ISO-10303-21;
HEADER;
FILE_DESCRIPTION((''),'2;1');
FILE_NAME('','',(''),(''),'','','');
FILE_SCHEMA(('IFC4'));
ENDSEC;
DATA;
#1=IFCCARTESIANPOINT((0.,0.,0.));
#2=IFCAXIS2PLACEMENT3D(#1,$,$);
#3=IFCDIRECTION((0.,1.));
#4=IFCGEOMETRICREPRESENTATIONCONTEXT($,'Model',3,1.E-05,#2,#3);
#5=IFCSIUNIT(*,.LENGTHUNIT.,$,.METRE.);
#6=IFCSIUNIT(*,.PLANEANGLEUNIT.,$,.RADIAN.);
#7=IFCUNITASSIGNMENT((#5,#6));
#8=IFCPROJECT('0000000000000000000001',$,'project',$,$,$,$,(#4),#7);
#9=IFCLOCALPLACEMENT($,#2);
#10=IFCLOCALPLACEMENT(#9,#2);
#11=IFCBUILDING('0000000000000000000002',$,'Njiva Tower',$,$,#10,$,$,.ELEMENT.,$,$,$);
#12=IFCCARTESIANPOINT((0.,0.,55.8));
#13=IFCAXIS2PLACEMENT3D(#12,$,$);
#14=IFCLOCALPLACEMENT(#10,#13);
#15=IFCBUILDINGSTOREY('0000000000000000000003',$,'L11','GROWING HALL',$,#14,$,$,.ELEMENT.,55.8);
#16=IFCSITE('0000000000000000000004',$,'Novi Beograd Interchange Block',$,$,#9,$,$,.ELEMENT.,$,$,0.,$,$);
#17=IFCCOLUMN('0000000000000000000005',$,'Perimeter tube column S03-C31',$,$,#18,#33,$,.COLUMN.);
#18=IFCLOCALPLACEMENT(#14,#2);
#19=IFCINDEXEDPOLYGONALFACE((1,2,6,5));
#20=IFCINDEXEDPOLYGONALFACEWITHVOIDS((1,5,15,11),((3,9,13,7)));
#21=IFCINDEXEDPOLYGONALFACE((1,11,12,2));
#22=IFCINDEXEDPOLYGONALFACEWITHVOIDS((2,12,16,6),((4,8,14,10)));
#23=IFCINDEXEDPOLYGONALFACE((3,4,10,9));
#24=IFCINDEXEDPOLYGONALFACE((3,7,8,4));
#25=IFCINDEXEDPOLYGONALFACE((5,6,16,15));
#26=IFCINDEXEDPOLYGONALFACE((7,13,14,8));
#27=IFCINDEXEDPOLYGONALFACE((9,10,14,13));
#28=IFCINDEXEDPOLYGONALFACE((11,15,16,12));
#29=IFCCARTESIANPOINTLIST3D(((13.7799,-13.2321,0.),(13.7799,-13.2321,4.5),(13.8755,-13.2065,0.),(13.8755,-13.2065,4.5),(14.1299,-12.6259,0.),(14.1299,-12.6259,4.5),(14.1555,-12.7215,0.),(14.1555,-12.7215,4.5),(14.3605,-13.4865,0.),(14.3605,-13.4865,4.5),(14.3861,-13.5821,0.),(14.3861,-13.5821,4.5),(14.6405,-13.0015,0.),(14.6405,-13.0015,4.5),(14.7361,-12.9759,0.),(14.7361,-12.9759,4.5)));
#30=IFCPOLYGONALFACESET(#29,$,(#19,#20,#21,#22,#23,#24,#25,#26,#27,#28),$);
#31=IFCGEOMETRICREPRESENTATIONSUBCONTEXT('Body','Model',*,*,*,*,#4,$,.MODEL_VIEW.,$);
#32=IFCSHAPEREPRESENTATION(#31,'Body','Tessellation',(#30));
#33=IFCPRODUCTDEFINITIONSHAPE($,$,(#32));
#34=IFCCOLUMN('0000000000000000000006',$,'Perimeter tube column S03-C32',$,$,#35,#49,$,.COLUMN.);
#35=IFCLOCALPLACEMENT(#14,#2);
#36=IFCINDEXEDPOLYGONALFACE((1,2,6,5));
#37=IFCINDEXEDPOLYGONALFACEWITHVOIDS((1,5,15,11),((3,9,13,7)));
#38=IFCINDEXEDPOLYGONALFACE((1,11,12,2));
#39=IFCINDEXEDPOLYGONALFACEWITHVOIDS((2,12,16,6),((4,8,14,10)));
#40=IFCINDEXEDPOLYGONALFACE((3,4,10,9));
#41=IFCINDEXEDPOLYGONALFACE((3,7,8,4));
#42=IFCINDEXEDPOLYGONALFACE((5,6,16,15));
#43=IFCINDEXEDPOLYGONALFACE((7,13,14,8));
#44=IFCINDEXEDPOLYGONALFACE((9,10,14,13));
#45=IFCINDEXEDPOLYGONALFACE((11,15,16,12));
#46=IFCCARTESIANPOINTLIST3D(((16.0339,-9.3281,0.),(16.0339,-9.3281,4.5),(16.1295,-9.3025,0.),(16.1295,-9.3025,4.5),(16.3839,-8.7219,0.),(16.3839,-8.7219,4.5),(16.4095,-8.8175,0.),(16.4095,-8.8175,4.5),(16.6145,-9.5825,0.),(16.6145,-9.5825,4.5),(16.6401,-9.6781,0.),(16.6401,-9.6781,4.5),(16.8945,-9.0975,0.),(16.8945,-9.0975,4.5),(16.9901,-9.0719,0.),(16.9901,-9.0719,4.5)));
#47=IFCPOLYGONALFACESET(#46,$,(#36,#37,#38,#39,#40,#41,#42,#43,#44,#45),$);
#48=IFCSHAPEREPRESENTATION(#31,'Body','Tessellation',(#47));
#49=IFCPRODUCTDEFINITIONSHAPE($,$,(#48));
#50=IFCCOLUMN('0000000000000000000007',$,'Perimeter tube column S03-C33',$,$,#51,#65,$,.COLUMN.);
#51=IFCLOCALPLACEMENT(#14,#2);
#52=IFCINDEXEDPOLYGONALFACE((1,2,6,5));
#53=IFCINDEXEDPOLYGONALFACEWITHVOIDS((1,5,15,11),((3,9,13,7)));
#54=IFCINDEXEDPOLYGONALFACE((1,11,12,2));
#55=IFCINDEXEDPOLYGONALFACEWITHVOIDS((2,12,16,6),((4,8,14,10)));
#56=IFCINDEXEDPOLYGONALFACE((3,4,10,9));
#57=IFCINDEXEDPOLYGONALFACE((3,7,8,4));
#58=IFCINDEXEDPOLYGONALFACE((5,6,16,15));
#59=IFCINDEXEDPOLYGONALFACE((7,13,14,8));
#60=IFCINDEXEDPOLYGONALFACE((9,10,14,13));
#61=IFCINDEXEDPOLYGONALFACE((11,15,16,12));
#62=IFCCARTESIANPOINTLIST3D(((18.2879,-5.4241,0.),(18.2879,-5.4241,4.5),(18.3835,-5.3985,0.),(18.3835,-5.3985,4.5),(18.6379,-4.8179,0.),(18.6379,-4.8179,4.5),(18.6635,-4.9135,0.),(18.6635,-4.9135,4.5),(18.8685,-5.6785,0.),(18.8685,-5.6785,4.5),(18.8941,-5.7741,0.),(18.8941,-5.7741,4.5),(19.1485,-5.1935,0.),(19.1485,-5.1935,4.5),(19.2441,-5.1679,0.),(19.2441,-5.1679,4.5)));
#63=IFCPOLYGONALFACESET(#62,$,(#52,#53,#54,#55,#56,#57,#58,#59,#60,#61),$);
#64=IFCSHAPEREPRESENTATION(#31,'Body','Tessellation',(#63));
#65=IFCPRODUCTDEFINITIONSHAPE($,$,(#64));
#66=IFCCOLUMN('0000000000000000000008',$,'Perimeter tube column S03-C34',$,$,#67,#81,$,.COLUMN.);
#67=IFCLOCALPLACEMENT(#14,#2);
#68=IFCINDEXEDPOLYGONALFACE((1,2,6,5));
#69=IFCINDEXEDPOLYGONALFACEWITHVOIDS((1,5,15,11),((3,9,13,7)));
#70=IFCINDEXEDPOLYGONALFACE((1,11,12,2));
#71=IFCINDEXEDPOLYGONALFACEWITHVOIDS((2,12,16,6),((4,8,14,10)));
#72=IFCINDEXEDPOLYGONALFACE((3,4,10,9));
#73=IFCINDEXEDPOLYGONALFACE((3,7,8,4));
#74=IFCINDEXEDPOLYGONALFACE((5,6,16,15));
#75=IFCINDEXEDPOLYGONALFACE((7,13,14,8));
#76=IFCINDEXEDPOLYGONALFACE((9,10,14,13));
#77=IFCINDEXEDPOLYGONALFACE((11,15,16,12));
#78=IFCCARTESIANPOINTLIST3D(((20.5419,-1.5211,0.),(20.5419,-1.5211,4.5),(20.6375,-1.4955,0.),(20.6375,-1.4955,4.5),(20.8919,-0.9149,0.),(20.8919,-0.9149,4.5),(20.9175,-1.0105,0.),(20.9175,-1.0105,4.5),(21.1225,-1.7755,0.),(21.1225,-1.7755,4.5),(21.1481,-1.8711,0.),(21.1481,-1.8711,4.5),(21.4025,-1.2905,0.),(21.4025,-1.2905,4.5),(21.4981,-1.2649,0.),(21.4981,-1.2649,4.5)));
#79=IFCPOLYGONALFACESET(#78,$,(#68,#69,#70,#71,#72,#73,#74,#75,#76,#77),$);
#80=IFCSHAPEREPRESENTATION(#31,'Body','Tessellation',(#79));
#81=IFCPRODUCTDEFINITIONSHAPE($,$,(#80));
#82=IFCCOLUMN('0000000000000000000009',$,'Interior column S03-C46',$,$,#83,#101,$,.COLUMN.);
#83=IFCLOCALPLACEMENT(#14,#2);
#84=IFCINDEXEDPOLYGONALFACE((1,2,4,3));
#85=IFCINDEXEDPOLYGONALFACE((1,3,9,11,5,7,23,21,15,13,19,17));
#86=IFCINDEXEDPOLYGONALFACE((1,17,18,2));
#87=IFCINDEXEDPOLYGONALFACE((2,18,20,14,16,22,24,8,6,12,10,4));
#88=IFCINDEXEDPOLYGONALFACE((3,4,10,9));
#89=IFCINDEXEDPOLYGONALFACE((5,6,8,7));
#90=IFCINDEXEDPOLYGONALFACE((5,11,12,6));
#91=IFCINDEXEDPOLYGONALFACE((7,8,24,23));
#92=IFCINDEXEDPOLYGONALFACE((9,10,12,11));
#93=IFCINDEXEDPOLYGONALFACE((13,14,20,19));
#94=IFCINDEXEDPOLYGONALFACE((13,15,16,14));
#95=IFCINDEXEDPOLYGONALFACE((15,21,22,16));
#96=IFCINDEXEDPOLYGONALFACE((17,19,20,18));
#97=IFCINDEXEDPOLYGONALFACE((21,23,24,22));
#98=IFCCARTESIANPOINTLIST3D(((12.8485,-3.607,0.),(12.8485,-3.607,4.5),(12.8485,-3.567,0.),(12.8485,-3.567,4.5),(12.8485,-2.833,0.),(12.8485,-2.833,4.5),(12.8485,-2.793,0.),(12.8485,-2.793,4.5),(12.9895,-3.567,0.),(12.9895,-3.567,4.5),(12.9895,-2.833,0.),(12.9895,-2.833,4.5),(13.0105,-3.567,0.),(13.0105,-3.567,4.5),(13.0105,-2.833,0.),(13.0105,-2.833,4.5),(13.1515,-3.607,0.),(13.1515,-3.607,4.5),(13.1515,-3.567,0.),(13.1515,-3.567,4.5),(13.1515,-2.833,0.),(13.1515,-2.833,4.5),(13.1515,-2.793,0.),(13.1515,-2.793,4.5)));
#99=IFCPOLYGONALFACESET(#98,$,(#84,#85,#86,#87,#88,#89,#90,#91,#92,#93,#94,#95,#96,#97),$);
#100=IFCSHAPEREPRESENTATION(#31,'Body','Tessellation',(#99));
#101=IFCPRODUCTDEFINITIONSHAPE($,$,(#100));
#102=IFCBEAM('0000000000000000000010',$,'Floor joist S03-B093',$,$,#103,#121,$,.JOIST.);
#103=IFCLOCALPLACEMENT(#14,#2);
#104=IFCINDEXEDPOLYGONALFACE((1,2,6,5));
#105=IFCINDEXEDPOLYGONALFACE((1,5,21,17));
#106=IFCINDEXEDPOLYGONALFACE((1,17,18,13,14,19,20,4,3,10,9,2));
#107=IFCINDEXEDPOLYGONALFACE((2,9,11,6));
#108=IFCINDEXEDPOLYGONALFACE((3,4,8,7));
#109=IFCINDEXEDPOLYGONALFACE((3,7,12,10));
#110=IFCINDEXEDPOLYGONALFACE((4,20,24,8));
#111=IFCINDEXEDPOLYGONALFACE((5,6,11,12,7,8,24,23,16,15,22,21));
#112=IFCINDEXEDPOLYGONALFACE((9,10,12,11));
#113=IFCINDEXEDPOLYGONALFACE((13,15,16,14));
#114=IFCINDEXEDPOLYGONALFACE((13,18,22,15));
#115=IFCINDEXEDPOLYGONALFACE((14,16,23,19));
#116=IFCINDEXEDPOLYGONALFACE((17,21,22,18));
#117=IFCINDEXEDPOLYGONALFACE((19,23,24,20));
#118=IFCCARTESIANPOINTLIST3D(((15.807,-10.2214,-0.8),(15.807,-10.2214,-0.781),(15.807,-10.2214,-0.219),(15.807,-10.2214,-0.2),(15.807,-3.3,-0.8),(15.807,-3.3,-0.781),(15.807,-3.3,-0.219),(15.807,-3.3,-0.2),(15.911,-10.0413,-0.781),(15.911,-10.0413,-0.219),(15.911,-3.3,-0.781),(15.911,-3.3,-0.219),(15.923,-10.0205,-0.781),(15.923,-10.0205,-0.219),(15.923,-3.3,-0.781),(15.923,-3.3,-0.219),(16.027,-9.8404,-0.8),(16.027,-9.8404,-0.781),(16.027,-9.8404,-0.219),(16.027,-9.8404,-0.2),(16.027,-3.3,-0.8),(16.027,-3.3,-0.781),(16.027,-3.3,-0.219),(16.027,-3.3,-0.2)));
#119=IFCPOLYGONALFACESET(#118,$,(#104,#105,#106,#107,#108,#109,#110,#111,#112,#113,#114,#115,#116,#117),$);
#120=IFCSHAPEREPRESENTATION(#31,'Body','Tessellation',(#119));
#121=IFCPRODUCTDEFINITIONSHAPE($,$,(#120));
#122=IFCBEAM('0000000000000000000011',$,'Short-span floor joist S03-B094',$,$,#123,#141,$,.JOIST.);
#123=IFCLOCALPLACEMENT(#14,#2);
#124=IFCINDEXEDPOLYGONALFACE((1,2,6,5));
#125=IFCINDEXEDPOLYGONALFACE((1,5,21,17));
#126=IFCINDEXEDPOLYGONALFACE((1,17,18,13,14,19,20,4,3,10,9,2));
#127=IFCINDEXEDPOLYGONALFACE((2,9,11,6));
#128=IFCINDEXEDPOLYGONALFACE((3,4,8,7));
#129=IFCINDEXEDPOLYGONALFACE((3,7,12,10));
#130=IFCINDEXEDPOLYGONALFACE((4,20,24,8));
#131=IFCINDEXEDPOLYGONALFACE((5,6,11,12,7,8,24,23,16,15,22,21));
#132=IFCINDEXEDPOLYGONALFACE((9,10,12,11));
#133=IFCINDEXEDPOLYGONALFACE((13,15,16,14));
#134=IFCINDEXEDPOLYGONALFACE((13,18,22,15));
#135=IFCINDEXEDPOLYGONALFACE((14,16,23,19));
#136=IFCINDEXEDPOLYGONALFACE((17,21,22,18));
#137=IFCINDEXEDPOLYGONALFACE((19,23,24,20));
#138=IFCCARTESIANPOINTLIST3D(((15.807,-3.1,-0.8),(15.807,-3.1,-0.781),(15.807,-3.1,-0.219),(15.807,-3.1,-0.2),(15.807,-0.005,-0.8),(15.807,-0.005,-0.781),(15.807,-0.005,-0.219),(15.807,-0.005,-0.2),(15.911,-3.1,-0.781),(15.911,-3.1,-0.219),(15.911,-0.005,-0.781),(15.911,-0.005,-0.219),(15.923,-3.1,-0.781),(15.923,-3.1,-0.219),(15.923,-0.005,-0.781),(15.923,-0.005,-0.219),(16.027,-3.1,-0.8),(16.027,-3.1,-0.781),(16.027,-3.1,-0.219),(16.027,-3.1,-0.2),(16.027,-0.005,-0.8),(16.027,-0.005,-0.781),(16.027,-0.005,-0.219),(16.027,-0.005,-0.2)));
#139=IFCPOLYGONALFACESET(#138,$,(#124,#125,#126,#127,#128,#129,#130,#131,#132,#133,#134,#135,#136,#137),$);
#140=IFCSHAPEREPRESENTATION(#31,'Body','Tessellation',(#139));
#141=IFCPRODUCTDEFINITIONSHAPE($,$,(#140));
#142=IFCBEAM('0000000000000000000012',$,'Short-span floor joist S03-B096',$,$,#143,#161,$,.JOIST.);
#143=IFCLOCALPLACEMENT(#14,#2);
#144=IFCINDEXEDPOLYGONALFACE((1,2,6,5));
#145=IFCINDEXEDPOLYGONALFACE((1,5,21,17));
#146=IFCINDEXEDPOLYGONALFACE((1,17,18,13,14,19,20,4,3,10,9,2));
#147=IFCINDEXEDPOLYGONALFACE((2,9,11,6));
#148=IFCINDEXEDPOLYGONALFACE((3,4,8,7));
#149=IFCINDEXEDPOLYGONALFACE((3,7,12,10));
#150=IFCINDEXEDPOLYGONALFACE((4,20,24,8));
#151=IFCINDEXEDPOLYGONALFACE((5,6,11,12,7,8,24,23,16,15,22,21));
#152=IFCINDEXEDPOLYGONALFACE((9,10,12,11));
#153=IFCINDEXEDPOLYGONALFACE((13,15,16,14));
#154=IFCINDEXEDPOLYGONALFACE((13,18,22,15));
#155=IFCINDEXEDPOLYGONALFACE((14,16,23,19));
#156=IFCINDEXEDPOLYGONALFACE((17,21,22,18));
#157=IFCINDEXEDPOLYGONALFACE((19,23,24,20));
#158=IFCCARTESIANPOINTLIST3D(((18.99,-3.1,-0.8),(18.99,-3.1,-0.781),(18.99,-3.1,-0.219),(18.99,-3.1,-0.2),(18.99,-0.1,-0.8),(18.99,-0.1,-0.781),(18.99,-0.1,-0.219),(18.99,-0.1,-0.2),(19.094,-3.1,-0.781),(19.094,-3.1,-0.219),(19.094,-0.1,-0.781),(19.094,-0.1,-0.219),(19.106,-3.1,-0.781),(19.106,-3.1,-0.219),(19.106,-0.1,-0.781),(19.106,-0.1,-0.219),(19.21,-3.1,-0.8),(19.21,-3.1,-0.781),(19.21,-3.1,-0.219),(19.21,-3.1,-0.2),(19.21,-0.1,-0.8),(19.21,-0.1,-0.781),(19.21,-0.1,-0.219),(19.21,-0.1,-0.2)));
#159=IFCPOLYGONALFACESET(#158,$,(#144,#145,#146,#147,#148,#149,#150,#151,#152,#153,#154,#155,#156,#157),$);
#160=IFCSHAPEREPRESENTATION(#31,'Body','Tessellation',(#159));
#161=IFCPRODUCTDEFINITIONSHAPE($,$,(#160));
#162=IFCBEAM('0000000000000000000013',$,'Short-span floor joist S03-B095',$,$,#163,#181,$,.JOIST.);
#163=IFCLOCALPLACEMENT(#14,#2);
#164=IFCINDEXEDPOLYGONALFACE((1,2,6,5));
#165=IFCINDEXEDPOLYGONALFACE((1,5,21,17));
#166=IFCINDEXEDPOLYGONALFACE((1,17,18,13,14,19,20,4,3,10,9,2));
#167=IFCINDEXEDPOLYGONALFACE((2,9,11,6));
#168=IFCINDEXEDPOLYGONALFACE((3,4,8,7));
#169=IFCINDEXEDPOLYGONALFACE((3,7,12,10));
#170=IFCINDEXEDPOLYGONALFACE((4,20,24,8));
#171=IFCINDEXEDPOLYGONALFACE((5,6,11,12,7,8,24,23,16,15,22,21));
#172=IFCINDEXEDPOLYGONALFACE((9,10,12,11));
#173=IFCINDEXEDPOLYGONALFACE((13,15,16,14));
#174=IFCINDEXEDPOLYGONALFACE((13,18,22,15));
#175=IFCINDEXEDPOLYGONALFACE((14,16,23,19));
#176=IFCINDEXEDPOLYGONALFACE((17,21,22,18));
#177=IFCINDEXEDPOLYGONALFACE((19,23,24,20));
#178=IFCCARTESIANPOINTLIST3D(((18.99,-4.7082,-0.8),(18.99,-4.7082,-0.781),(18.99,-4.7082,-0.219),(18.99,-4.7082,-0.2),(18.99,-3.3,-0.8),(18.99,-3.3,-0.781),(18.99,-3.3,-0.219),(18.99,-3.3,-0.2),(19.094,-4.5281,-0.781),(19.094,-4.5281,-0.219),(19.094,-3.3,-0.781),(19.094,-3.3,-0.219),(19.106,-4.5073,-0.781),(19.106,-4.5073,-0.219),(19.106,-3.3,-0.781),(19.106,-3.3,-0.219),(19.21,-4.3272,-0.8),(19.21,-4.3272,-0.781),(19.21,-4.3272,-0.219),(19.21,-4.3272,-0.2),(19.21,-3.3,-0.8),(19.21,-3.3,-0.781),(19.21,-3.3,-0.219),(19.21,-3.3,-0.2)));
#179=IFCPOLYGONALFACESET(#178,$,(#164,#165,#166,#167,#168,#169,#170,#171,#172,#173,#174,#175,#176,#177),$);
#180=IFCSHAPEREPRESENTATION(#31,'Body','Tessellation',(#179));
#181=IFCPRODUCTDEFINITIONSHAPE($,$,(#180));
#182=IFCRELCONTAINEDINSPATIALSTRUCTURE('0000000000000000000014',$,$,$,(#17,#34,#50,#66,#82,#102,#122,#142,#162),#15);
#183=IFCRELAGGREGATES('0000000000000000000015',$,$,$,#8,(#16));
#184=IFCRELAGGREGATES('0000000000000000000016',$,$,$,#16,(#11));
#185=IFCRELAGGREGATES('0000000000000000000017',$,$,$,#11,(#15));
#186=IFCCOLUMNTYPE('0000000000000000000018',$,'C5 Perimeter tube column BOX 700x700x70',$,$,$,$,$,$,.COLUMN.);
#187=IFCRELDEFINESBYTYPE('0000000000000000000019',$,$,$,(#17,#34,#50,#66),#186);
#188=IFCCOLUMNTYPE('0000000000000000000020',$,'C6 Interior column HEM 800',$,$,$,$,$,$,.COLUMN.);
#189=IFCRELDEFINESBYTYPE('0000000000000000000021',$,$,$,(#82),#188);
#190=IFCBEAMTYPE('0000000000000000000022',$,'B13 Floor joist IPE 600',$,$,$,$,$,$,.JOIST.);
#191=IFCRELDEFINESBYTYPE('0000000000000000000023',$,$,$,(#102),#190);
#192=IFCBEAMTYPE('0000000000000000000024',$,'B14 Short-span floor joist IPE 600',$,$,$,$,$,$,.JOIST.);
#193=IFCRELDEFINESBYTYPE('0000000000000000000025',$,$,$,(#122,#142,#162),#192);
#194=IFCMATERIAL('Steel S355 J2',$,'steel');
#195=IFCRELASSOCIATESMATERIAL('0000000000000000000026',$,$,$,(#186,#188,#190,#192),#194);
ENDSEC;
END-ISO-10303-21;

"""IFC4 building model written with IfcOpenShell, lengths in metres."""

from ifc_helpers import new_model, si_unit, direction, frame, origin, origin_2d, place, context, subcontext, project, spatial, hollow_rectangle, i_section, extrude, clip, halfspace, material, material_profile, profile_set, type_object, element, save


model = new_model("IFC4")

# Units and contexts
model_context = context("Model", 3, precision=1e-05, world=origin(), true_north=direction((0.0, 1.0)))
body_context = subcontext(model_context, "Body", "Model", "MODEL_VIEW")
ifc_project = project(units=[si_unit("LENGTHUNIT", "METRE"), si_unit("PLANEANGLEUNIT", "RADIAN")], contexts=[model_context])

# Site, building, storey
site_placement = place(None, origin())
site = spatial("IfcSite", under=ifc_project, at=site_placement, Name="Novi Beograd Interchange Block", CompositionType="ELEMENT", RefElevation=0.0)
building_placement = place(site_placement, origin())
building = spatial("IfcBuilding", under=site, at=building_placement, Name="Njiva Tower", CompositionType="ELEMENT")
storey_placement = place(building_placement, frame((0.0, 0.0, 55.8)))
storey = spatial("IfcBuildingStorey", under=building, at=storey_placement, Name="L11", Description="GROWING HALL", CompositionType="ELEMENT", Elevation=55.8)

# Columns
ifc_material_1 = material(Name="Steel S355 J2", Category="steel")
ifc_material_profile_1 = material_profile(ifc_material_1, hollow_rectangle(XDim=0.7, YDim=0.7, WallThickness=0.07, at=origin_2d()), Name="BOX 700x700x70")
ifc_profile_set_1 = profile_set([ifc_material_profile_1], Name="Steel S355 J2")
column_type_1 = type_object("IfcColumnType", Name="C5 Perimeter tube column BOX 700x700x70", PredefinedType="COLUMN", material=ifc_profile_set_1)
for number, where, z_axis, x_axis, name in (
    (1, (14.258, -13.104, 0.0), (0.0, 0.0, 1.0), (0.5, 0.866025, 0.0), "Perimeter tube column S03-C31"),
    (2, (16.512, -9.2, 0.0), (0.0, 0.0, 1.0), (0.5, 0.866025, 0.0), "Perimeter tube column S03-C32"),
    (3, (18.766, -5.296, 0.0), (0.0, 0.0, 1.0), (0.5, 0.866025, 0.0), "Perimeter tube column S03-C33"),
    (4, (21.02, -1.393, 0.0), (0.0, 0.0, 1.0), (0.5, 0.866025, 0.0), "Perimeter tube column S03-C34"),
):
    element("IfcColumn", number, at=place(storey_placement, frame(where, z_axis=z_axis, x_axis=x_axis)), inside=storey, type_object=column_type_1, Name=name, PredefinedType="COLUMN", context=body_context, shape_type="SweptSolid", body=[
        extrude(hollow_rectangle(XDim=0.7, YDim=0.7, WallThickness=0.07, at=origin_2d()), origin(), (0.0, 0.0, 1.0), 4.5),
    ])
ifc_material_profile_2 = material_profile(ifc_material_1, i_section(OverallWidth=0.303, OverallDepth=0.814, WebThickness=0.021, FlangeThickness=0.04, at=origin_2d()), Name="HEM 800")
ifc_profile_set_2 = profile_set([ifc_material_profile_2], Name="Steel S355 J2")
column_type_2 = type_object("IfcColumnType", Name="C6 Interior column HEM 800", PredefinedType="COLUMN", material=ifc_profile_set_2)
column_placement = place(storey_placement, frame((13.0, -3.2, 0.0), z_axis=(0.0, 0.0, 1.0), x_axis=(1.0, 0.0, 0.0)))
element("IfcColumn", 5, at=column_placement, inside=storey, type_object=column_type_2, Name="Interior column S03-C46", PredefinedType="COLUMN", context=body_context, shape_type="SweptSolid", body=[
    extrude(i_section(OverallWidth=0.303, OverallDepth=0.814, WebThickness=0.021, FlangeThickness=0.04, at=origin_2d()), origin(), (0.0, 0.0, 1.0), 4.5),
])

# Beams
ifc_material_profile_3 = material_profile(ifc_material_1, i_section(OverallWidth=0.22, OverallDepth=0.6, WebThickness=0.012, FlangeThickness=0.019, at=origin_2d()), Name="IPE 600")
ifc_profile_set_3 = profile_set([ifc_material_profile_3], Name="Steel S355 J2")
beam_type_1 = type_object("IfcBeamType", Name="B13 Floor joist IPE 600", PredefinedType="JOIST", material=ifc_profile_set_3)
beam_1_placement = place(storey_placement, frame((15.917, -3.3, -0.5), z_axis=(0.0, -1.0, 0.0), x_axis=(1.0, 0.0, 0.0)))
element("IfcBeam", 6, at=beam_1_placement, inside=storey, type_object=beam_type_1, Name="Floor joist S03-B093", PredefinedType="JOIST", context=body_context, shape_type="Clipping", body=[
    clip(extrude(i_section(OverallWidth=0.22, OverallDepth=0.6, WebThickness=0.012, FlangeThickness=0.019, at=origin_2d()), origin(), (0.0, 0.0, 1.0), 6.942), halfspace(frame((0.043, 0.0, 6.6564), z_axis=(0.866027, 0.0, 0.499998), x_axis=(0.0, 1.0, 0.0)), False)),
])
ifc_material_profile_4 = material_profile(ifc_material_1, i_section(OverallWidth=0.22, OverallDepth=0.6, WebThickness=0.012, FlangeThickness=0.019, at=origin_2d()), Name="IPE 600")
ifc_profile_set_4 = profile_set([ifc_material_profile_4], Name="Steel S355 J2")
beam_type_2 = type_object("IfcBeamType", Name="B14 Short-span floor joist IPE 600", PredefinedType="JOIST", material=ifc_profile_set_4)
beam_2_placement = place(storey_placement, frame((15.917, -0.005, -0.5), z_axis=(0.0, -1.0, 0.0), x_axis=(1.0, 0.0, 0.0)))
element("IfcBeam", 7, at=beam_2_placement, inside=storey, type_object=beam_type_2, Name="Short-span floor joist S03-B094", PredefinedType="JOIST", context=body_context, shape_type="SweptSolid", body=[
    extrude(i_section(OverallWidth=0.22, OverallDepth=0.6, WebThickness=0.012, FlangeThickness=0.019, at=origin_2d()), origin(), (0.0, 0.0, 1.0), 3.095),
])
beam_3_placement = place(storey_placement, frame((19.1, -0.1, -0.5), z_axis=(0.0, -1.0, 0.0), x_axis=(1.0, 0.0, 0.0)))
element("IfcBeam", 8, at=beam_3_placement, inside=storey, type_object=beam_type_2, Name="Short-span floor joist S03-B096", PredefinedType="JOIST", context=body_context, shape_type="SweptSolid", body=[
    extrude(i_section(OverallWidth=0.22, OverallDepth=0.6, WebThickness=0.012, FlangeThickness=0.019, at=origin_2d()), origin(), (0.0, 0.0, 1.0), 3.0),
])
beam_4_placement = place(storey_placement, frame((19.1, -3.3, -0.5), z_axis=(0.0, -1.0, 0.0), x_axis=(1.0, 0.0, 0.0)))
element("IfcBeam", 9, at=beam_4_placement, inside=storey, type_object=beam_type_2, Name="Short-span floor joist S03-B095", PredefinedType="JOIST", context=body_context, shape_type="Clipping", body=[
    clip(extrude(i_section(OverallWidth=0.22, OverallDepth=0.6, WebThickness=0.012, FlangeThickness=0.019, at=origin_2d()), origin(), (0.0, 0.0, 1.0), 1.429), halfspace(frame((0.0433, 0.0, 1.1427), z_axis=(0.866027, 0.0, 0.499998), x_axis=(0.0, 1.0, 0.0)), False)),
])

save(model, "model.ifc")
